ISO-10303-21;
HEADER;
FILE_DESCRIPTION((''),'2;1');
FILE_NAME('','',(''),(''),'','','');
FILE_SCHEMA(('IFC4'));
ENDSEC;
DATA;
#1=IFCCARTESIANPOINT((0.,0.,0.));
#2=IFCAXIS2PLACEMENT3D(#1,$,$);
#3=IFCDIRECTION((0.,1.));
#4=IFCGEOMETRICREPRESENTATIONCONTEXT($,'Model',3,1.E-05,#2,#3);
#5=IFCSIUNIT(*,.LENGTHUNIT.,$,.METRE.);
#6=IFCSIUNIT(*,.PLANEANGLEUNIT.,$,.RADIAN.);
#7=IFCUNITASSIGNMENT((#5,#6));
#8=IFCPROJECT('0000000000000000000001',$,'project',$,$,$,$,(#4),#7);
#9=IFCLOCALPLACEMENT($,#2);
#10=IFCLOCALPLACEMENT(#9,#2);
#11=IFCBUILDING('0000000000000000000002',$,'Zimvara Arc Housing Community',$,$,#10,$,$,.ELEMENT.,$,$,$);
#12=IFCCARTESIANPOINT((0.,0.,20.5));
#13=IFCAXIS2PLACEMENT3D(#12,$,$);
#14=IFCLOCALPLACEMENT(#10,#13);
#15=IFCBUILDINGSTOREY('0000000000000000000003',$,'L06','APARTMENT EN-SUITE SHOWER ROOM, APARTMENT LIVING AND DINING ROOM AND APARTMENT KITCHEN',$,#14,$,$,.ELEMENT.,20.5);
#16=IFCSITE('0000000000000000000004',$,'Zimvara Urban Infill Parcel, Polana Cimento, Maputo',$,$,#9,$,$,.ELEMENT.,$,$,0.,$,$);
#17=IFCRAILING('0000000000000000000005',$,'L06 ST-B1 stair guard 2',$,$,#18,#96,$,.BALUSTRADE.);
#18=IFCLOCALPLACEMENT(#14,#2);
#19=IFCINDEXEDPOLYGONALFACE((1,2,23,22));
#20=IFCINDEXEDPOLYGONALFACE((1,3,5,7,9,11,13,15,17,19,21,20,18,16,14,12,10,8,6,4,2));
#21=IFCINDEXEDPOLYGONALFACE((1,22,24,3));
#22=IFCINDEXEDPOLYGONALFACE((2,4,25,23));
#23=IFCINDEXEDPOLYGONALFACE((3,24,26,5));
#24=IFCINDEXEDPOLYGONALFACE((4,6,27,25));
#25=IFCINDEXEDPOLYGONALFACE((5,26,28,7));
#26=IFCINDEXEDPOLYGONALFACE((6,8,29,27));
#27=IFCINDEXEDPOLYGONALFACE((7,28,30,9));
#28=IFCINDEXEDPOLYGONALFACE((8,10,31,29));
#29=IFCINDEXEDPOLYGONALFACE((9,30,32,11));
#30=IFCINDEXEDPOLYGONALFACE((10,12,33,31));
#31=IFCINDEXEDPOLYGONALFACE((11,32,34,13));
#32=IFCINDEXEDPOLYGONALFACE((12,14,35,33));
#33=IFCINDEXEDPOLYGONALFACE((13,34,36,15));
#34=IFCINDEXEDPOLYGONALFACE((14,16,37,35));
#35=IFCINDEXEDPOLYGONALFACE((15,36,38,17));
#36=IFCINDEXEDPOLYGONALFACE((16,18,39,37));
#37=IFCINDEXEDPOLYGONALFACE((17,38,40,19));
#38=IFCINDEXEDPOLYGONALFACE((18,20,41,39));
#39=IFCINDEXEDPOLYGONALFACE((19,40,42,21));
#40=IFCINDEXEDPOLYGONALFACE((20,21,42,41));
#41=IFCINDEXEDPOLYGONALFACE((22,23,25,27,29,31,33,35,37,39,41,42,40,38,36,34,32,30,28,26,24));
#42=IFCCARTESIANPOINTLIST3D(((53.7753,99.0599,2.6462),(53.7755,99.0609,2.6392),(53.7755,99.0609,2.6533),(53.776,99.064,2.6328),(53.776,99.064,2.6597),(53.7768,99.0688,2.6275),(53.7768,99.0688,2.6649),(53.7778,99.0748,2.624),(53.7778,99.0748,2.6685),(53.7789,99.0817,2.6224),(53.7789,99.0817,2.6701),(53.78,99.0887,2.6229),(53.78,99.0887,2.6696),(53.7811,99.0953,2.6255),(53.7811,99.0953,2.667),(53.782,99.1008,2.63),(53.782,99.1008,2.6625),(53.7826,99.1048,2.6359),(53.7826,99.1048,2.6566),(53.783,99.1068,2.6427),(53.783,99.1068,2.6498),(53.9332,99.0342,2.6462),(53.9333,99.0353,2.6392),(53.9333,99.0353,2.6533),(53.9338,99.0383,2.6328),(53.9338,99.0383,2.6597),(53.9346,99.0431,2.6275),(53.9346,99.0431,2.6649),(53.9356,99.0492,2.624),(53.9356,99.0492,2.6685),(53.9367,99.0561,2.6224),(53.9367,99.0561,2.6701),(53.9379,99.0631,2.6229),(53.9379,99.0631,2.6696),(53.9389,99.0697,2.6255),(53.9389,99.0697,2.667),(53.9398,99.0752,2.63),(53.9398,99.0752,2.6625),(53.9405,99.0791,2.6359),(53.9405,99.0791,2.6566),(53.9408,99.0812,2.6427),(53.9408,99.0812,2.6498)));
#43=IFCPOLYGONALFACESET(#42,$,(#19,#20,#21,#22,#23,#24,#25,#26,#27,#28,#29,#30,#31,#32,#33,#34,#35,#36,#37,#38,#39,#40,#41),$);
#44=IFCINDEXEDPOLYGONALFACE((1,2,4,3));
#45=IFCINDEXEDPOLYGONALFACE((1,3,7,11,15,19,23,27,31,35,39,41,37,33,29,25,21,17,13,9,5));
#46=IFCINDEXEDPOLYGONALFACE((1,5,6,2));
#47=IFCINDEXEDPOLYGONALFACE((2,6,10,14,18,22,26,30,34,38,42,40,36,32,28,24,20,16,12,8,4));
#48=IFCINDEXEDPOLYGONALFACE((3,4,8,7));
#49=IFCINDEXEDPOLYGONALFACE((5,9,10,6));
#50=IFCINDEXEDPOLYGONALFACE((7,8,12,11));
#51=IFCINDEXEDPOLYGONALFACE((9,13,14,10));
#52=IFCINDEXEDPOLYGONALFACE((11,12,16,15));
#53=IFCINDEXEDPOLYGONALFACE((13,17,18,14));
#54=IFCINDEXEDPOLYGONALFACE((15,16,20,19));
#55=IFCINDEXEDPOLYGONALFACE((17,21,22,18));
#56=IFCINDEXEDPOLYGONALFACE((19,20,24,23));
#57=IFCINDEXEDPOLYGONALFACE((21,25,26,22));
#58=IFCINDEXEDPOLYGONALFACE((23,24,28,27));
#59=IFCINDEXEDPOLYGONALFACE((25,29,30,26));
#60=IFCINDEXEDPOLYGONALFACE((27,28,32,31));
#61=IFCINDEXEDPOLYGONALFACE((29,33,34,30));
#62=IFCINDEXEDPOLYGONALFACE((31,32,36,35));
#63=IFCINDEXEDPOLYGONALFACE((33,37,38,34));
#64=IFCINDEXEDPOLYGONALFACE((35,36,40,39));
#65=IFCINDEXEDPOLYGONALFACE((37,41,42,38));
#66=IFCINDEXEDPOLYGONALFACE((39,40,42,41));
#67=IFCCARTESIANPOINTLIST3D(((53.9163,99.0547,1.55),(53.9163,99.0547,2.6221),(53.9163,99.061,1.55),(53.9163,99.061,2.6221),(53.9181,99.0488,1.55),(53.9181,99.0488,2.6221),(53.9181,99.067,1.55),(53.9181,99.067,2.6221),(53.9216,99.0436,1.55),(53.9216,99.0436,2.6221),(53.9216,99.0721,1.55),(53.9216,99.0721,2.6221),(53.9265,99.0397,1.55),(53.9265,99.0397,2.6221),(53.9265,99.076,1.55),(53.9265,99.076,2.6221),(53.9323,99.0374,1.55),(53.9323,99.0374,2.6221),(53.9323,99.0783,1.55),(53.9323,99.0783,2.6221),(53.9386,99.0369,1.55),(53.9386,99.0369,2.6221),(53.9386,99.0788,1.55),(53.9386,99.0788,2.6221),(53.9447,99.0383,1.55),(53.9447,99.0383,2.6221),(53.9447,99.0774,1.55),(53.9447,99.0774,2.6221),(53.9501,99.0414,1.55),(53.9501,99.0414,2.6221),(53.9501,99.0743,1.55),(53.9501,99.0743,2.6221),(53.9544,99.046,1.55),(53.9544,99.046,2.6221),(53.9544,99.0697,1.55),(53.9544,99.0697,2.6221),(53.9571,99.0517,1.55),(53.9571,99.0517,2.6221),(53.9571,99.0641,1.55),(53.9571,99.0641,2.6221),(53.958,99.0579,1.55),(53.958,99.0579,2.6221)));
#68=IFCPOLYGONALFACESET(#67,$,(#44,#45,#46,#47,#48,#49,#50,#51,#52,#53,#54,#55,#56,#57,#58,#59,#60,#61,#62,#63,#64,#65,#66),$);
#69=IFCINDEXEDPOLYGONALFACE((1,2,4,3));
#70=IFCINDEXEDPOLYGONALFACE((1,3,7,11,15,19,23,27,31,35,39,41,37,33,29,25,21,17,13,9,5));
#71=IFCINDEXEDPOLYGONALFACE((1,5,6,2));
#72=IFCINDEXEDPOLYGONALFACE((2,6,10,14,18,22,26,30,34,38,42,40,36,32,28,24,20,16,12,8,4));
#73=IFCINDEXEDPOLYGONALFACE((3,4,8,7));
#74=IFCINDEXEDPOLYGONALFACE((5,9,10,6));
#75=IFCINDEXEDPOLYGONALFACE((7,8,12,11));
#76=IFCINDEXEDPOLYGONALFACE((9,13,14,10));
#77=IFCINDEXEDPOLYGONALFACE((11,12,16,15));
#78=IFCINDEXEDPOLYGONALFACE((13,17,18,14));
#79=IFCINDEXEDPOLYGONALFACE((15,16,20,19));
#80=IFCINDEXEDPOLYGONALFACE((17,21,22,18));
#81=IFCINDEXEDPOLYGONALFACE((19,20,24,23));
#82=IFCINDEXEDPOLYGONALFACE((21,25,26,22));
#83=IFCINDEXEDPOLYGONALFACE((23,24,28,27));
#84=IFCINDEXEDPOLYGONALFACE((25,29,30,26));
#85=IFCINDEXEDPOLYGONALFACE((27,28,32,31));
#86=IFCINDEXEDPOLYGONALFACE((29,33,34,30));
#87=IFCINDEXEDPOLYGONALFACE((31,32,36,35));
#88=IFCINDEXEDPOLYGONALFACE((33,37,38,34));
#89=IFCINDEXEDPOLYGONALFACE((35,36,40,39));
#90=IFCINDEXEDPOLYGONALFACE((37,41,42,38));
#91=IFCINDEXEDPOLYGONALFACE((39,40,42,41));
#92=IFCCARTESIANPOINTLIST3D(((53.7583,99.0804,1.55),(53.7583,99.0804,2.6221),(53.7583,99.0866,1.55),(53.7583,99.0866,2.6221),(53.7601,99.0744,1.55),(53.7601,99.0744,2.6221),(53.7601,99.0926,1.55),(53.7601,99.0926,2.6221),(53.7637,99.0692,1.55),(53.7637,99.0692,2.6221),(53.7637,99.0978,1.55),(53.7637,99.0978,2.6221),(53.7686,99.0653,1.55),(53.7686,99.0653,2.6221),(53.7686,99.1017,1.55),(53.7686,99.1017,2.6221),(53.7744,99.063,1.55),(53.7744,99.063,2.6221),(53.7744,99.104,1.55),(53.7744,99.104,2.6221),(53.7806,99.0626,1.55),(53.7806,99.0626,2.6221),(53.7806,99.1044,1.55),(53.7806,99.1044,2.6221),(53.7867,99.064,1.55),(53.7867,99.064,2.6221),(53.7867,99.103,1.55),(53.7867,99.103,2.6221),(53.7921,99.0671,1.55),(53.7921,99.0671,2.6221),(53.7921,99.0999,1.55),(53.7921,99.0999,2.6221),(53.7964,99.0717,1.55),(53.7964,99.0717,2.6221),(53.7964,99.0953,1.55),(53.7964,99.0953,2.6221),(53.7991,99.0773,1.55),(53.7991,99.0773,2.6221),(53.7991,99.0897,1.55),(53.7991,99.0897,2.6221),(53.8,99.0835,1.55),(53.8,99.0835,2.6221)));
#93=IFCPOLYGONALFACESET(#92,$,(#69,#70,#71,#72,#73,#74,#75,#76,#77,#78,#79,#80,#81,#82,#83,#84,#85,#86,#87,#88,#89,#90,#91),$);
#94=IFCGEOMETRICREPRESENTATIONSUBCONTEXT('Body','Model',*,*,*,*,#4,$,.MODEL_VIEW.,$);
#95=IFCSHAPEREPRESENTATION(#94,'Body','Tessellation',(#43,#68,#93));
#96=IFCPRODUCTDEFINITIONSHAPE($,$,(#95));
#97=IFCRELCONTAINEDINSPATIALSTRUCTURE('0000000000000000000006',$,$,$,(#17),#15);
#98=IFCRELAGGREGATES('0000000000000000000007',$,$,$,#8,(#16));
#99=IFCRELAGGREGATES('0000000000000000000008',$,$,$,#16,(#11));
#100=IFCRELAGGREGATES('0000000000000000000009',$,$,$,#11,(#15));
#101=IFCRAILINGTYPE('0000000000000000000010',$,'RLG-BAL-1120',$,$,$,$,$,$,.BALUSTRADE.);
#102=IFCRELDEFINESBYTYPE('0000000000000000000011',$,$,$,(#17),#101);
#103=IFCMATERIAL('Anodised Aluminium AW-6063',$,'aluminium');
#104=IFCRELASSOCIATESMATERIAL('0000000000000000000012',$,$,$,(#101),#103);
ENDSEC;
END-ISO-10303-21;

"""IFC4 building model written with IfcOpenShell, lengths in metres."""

from ifc_helpers import new_model, si_unit, direction, frame, origin, origin_2d, place, context, subcontext, project, spatial, circle, extrude, material, type_object, element, save


model = new_model("IFC4")

# Units and contexts
model_context = context("Model", 3, precision=1e-05, world=origin(), true_north=direction((0.0, 1.0)))
body_context = subcontext(model_context, "Body", "Model", "MODEL_VIEW")
ifc_project = project(units=[si_unit("LENGTHUNIT", "METRE"), si_unit("PLANEANGLEUNIT", "RADIAN")], contexts=[model_context])

# Site, building, storey
site_placement = place(None, origin())
site = spatial("IfcSite", under=ifc_project, at=site_placement, Name="Zimvara Urban Infill Parcel, Polana Cimento, Maputo", CompositionType="ELEMENT", RefElevation=0.0)
building_placement = place(site_placement, origin())
building = spatial("IfcBuilding", under=site, at=building_placement, Name="Zimvara Arc Housing Community", CompositionType="ELEMENT")
storey_placement = place(building_placement, frame((0.0, 0.0, 20.5)))
storey = spatial("IfcBuildingStorey", under=building, at=storey_placement, Name="L06", Description="APARTMENT EN-SUITE SHOWER ROOM, APARTMENT LIVING AND DINING ROOM AND APARTMENT KITCHEN", CompositionType="ELEMENT", Elevation=20.5)

# Railing
ifc_material_1 = material(Name="Anodised Aluminium AW-6063", Category="aluminium")
railing_type_1 = type_object("IfcRailingType", Name="RLG-BAL-1120", PredefinedType="BALUSTRADE", material=ifc_material_1)
railing_1_placement = place(storey_placement, frame((53.937, 99.0579, 1.55)))
element("IfcRailing", 1, at=railing_1_placement, inside=storey, type_object=railing_type_1, Name="L06 ST-B1 stair guard 2", PredefinedType="BALUSTRADE", context=body_context, shape_type="SweptSolid", body=[
    extrude(circle(Radius=0.0239, at=origin_2d()), frame((0.0, 0.0, 1.0962), z_axis=(-0.987086, 0.160192, 0.0), x_axis=(-0.160192, -0.987086, 0.0)), (0.0, 0.0, 1.0), 0.1599),
    extrude(circle(Radius=0.021, at=origin_2d()), origin(), (0.0, 0.0, 1.0), 1.072),
    extrude(circle(Radius=0.021, at=origin_2d()), frame((-0.158, 0.0256, 0.0)), (0.0, 0.0, 1.0), 1.072),
])

save(model, "model.ifc")
